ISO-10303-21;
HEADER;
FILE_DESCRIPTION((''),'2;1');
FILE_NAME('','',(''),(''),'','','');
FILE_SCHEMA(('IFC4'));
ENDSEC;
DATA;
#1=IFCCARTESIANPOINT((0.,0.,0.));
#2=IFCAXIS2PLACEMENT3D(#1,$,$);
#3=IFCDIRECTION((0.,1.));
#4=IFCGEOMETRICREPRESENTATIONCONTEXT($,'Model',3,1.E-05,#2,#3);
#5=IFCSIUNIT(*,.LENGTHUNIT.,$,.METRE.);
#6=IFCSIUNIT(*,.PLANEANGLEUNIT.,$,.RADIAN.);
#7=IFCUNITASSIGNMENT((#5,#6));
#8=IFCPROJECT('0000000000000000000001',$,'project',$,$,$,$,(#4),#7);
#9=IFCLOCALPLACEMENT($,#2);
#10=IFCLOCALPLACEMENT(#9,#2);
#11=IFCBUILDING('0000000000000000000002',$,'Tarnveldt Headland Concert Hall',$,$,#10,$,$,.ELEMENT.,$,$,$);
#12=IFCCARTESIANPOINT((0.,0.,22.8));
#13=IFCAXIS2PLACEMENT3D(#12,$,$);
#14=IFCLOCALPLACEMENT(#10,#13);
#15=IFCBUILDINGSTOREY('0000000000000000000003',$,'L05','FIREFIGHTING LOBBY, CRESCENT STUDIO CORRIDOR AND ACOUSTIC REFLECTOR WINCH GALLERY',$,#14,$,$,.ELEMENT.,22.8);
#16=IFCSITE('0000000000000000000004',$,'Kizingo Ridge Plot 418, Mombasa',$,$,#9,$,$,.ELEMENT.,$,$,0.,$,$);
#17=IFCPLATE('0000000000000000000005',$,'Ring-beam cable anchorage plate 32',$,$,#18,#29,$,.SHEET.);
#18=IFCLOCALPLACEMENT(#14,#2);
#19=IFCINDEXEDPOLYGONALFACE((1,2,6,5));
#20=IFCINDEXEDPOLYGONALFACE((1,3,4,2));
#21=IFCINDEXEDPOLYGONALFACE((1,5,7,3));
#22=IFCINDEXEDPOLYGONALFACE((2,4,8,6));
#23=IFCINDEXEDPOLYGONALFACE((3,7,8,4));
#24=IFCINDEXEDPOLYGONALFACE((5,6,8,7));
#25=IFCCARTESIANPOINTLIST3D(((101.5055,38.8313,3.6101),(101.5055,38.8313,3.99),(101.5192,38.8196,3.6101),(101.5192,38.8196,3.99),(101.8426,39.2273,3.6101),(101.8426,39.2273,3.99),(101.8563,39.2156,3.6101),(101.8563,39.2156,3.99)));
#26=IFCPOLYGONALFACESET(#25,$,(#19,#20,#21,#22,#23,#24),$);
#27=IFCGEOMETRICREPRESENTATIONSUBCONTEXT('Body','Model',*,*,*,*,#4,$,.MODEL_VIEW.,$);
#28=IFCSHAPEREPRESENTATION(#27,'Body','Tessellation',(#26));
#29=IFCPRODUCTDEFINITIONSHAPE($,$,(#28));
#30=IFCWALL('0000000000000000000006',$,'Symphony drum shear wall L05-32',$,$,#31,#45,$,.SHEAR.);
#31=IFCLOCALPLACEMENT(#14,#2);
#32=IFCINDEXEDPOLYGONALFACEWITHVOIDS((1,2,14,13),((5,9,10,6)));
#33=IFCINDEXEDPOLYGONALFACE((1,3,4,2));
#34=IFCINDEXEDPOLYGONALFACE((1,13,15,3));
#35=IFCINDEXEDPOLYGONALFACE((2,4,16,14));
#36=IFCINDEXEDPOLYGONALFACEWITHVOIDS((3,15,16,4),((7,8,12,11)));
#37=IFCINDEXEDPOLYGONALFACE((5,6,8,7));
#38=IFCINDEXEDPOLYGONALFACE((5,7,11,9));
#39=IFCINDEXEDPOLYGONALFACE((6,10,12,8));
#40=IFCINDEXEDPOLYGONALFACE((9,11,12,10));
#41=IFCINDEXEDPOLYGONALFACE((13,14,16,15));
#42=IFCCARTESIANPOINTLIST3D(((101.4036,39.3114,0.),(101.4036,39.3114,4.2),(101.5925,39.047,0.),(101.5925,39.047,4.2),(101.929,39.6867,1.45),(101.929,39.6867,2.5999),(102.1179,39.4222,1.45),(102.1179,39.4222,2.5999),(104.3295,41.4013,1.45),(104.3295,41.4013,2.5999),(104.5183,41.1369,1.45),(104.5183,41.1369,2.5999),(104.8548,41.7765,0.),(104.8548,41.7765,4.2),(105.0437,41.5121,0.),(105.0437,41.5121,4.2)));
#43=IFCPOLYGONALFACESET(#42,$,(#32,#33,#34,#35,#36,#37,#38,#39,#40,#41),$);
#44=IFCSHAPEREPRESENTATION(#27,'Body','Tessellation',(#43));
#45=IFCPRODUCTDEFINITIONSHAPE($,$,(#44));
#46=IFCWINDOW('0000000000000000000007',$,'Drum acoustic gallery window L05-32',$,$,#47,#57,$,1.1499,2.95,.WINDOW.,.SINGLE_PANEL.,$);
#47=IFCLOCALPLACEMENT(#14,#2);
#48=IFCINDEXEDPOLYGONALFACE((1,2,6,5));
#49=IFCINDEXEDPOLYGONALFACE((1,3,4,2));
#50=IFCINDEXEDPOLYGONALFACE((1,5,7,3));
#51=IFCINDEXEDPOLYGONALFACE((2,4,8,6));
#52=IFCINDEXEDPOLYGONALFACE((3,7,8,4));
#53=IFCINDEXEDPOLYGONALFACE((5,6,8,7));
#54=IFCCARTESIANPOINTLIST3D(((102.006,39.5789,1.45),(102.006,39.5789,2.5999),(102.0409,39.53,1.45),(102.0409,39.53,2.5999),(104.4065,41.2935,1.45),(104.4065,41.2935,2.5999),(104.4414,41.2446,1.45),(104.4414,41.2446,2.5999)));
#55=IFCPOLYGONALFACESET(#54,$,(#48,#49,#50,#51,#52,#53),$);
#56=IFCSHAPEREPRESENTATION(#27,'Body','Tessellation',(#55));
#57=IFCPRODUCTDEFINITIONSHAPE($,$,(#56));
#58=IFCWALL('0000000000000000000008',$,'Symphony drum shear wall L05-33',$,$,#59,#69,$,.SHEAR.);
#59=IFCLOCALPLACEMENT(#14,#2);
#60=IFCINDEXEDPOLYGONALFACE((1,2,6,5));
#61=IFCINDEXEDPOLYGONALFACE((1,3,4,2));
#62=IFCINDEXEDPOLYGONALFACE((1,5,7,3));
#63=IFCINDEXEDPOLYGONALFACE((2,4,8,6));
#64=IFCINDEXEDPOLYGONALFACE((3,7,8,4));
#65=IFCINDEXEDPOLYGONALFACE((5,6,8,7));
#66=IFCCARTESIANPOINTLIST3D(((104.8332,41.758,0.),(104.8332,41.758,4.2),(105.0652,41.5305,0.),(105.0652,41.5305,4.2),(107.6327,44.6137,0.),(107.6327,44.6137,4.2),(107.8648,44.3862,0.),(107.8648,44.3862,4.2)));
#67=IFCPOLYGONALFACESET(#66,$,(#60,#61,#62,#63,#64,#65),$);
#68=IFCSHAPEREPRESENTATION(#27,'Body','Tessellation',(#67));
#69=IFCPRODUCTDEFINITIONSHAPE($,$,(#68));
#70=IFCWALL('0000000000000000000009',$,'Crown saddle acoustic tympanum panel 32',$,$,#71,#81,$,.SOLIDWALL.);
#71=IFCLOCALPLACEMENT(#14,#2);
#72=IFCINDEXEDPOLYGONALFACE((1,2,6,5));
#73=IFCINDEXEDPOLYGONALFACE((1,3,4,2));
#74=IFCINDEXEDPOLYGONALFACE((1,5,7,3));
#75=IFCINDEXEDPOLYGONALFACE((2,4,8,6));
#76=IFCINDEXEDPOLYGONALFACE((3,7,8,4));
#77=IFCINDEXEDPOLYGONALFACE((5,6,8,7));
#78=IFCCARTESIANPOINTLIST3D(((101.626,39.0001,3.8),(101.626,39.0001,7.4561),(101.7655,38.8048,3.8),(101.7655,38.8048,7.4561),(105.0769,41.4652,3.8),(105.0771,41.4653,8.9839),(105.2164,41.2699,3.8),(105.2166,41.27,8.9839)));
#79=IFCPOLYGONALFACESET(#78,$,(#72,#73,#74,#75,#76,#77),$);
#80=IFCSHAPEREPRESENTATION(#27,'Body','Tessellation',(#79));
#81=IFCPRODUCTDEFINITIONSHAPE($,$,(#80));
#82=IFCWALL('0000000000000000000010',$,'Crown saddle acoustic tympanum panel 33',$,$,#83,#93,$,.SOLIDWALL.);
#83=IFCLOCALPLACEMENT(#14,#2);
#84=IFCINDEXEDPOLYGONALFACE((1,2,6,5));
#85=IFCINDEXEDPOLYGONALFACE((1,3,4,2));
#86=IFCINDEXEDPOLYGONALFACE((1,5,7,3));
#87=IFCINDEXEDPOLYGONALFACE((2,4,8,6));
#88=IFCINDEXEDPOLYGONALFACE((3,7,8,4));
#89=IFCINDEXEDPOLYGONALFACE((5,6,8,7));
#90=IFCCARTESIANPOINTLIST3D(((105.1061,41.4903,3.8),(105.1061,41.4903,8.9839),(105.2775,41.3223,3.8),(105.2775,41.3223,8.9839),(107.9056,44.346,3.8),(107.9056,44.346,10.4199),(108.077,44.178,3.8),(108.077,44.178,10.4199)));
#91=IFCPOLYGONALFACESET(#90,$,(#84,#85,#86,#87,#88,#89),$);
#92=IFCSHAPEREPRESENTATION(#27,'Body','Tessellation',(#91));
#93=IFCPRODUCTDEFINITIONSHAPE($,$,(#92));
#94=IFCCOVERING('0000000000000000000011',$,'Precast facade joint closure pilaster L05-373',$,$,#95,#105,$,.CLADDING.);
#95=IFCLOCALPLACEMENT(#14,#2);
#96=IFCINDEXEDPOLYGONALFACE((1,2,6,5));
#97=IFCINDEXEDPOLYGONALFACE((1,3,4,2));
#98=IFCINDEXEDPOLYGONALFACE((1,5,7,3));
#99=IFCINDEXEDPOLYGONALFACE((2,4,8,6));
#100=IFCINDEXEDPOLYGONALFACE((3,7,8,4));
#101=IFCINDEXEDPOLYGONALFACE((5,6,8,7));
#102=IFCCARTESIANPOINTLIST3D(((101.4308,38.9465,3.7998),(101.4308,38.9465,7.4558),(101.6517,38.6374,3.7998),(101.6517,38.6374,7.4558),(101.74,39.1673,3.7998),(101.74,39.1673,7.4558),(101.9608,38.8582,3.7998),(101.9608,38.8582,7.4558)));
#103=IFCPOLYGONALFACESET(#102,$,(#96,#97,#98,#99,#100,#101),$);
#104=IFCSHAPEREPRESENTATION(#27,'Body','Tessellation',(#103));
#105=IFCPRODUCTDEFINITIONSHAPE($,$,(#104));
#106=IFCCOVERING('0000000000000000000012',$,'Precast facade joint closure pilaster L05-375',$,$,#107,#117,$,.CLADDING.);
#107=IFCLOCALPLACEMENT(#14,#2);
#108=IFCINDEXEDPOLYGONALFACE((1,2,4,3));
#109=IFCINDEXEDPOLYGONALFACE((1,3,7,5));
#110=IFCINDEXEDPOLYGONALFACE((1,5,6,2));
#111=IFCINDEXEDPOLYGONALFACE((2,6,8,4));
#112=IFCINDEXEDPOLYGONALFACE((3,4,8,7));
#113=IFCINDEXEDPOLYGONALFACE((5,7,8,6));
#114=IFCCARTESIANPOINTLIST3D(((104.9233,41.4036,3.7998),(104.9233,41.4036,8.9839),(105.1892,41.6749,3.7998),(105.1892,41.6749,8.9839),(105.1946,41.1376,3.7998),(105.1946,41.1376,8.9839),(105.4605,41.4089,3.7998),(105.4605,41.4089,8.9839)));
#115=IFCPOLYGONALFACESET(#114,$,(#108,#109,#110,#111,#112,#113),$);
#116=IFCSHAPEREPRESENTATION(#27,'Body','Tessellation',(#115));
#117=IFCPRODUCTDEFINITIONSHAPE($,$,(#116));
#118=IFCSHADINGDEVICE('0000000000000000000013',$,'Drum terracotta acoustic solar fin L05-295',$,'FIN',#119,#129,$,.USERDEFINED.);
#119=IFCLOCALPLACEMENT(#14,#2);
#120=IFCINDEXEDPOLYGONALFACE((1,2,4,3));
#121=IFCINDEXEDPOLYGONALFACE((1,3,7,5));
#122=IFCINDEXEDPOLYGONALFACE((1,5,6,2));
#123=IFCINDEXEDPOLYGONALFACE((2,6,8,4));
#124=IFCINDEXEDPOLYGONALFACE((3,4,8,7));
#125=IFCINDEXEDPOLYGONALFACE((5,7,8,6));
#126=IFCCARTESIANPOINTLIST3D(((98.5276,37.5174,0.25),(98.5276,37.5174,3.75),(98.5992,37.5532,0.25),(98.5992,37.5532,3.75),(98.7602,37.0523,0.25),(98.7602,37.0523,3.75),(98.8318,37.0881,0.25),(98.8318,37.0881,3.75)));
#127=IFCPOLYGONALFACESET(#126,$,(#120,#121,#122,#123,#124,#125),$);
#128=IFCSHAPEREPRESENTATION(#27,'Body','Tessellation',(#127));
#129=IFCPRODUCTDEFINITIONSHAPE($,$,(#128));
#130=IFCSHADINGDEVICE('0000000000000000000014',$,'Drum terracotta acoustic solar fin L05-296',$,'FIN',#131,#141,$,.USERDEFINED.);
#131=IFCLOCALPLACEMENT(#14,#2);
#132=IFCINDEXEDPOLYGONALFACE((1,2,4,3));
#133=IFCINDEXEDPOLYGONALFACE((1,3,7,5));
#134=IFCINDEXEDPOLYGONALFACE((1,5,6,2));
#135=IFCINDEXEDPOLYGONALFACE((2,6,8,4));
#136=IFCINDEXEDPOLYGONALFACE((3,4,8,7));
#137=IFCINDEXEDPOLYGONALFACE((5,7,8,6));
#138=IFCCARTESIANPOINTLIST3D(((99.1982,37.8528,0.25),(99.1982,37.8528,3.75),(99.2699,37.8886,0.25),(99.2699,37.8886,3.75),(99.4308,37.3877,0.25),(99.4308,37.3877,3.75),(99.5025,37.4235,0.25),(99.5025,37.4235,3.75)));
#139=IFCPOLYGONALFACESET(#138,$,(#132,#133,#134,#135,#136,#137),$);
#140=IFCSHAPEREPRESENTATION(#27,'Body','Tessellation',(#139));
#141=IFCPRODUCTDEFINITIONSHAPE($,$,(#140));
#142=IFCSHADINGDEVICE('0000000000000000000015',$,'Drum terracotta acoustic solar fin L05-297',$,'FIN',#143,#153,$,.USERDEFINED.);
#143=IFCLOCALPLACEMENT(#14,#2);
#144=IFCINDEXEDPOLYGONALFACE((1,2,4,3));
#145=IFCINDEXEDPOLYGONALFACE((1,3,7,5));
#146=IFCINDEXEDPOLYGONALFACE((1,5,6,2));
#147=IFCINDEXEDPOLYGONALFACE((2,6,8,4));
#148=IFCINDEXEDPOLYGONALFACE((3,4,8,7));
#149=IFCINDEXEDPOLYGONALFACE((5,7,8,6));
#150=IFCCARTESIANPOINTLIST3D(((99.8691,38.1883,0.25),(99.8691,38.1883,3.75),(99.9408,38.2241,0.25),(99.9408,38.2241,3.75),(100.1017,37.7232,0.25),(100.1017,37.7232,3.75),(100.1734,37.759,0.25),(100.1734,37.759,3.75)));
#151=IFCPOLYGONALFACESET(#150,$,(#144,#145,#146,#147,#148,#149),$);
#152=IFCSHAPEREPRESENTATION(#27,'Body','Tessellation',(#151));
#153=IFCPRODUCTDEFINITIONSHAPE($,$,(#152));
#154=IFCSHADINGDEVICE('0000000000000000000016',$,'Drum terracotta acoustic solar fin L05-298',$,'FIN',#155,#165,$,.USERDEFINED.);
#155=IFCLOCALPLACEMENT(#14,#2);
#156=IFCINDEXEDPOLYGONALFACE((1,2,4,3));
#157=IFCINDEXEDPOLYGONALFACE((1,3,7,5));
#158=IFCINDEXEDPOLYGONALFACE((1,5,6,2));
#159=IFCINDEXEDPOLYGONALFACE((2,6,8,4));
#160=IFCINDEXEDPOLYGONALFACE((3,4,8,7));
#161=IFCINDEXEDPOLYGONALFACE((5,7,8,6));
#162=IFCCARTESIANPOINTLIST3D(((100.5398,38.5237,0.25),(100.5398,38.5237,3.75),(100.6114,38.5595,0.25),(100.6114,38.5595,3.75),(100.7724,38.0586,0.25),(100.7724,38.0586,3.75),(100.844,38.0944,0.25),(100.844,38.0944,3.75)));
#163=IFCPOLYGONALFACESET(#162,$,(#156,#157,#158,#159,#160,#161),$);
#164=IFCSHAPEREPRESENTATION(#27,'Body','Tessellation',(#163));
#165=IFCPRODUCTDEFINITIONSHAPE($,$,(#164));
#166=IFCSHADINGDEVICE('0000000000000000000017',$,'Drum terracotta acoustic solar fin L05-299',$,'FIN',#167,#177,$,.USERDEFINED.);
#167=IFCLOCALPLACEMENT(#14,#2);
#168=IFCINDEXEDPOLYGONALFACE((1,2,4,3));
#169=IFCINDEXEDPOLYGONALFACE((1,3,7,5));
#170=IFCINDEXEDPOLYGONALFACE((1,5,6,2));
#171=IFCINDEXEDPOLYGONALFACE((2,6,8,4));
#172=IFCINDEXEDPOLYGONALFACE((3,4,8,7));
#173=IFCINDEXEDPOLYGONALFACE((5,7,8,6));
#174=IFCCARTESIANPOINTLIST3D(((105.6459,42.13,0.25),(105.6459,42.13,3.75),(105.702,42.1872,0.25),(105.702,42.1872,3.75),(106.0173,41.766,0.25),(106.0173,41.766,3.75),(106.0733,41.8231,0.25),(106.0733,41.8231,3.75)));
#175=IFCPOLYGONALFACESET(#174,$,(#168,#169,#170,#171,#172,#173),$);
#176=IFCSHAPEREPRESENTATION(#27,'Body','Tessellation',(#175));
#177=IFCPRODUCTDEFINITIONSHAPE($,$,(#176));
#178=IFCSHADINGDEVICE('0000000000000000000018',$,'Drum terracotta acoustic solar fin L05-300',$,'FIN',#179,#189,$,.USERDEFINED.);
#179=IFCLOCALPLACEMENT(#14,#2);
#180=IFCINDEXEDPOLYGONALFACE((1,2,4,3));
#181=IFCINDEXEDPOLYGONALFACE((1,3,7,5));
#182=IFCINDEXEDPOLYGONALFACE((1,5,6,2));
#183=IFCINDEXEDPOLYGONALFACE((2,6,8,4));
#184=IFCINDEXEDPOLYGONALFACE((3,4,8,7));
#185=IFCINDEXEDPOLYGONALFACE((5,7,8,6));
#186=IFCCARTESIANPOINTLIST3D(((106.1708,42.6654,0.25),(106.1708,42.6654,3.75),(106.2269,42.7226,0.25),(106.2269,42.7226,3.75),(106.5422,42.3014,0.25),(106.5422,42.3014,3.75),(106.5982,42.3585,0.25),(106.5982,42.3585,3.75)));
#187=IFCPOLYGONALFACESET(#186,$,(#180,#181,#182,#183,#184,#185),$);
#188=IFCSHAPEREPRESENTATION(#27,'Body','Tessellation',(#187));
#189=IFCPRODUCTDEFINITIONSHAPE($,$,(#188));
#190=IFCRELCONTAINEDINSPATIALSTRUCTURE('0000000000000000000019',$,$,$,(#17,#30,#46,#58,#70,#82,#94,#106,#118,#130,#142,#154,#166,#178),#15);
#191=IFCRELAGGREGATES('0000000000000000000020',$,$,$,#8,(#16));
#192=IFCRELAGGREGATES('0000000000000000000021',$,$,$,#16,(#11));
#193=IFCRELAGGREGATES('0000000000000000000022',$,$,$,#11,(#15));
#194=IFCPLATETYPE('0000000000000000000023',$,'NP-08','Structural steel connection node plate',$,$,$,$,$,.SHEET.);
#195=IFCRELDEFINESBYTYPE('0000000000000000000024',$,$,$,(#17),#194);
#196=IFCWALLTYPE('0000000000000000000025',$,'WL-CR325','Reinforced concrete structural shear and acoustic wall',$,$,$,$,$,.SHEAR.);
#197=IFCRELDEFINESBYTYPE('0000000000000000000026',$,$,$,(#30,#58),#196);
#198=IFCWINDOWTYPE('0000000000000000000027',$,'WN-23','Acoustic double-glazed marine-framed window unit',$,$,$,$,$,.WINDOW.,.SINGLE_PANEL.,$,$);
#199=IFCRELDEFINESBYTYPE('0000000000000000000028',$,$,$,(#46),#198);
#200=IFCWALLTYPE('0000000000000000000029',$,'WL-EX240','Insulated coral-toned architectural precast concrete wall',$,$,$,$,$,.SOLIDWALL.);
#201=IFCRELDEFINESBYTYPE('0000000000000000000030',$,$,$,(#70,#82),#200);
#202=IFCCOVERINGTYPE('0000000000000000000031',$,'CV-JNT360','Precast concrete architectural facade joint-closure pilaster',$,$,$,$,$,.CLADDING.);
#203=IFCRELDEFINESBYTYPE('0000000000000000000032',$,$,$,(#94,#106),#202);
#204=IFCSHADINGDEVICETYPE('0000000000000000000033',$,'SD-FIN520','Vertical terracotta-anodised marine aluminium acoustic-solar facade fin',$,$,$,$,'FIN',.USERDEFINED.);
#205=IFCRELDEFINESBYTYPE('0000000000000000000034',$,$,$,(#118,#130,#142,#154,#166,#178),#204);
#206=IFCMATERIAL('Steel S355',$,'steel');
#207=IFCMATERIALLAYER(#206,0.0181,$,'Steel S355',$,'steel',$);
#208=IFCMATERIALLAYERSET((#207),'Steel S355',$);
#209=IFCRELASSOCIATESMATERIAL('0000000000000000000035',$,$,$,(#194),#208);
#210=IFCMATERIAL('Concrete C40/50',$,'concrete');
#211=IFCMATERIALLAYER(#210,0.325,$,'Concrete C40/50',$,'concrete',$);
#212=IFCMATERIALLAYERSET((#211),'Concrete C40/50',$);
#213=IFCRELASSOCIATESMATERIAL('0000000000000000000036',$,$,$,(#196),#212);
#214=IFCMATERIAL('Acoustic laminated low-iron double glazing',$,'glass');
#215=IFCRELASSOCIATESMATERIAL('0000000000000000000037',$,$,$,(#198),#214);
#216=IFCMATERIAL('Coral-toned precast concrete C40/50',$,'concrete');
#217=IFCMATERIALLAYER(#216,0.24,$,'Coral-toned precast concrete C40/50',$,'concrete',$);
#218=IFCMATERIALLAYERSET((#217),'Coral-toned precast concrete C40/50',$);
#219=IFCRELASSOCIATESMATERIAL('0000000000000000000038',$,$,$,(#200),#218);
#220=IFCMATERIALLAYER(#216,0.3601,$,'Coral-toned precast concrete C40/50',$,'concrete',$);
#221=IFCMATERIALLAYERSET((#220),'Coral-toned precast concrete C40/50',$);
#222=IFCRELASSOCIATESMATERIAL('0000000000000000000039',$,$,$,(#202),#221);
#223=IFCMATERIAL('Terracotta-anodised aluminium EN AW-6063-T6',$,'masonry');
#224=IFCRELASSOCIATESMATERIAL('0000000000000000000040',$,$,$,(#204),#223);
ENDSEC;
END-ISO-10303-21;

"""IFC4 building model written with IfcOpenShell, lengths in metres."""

from ifc_helpers import new_model, si_unit, direction, frame, frame_2d, origin, origin_2d, place, context, subcontext, project, spatial, polyline, rectangle, outline, extrude, material, layer, layer_set, type_object, element, fill, save


model = new_model("IFC4")

# Units and contexts
model_context = context("Model", 3, precision=1e-05, world=origin(), true_north=direction((0.0, 1.0)))
body_context = subcontext(model_context, "Body", "Model", "MODEL_VIEW")
ifc_project = project(units=[si_unit("LENGTHUNIT", "METRE"), si_unit("PLANEANGLEUNIT", "RADIAN")], contexts=[model_context])

# Site, building, storey
site_placement = place(None, origin())
site = spatial("IfcSite", under=ifc_project, at=site_placement, Name="Kizingo Ridge Plot 418, Mombasa", CompositionType="ELEMENT", RefElevation=0.0)
building_placement = place(site_placement, origin())
building = spatial("IfcBuilding", under=site, at=building_placement, Name="Tarnveldt Headland Concert Hall", CompositionType="ELEMENT")
storey_placement = place(building_placement, frame((0.0, 0.0, 22.8)))
storey = spatial("IfcBuildingStorey", under=building, at=storey_placement, Name="L05", Description="FIREFIGHTING LOBBY, CRESCENT STUDIO CORRIDOR AND ACOUSTIC REFLECTOR WINCH GALLERY", CompositionType="ELEMENT", Elevation=22.8)

# Shared definitions
ifc_material_1 = material(Name="Concrete C40/50", Category="concrete")

# Shared definitions
ifc_material_2 = material(Name="Steel S355", Category="steel")

# Plate
ifc_layer_1 = layer(ifc_material_2, 0.0181, Name="Steel S355", Category="steel")
ifc_layer_set_1 = layer_set([ifc_layer_1], Name="Steel S355")
plate_type_1 = type_object("IfcPlateType", Name="NP-08", Description="Structural steel connection node plate", PredefinedType="SHEET", material=ifc_layer_set_1)
plate_1_placement = place(storey_placement, frame((101.6809, 39.0234, 3.6101), z_axis=(0.0, 0.0, 1.0), x_axis=(0.648253, 0.761425, 0.0)))
element("IfcPlate", 1, at=plate_1_placement, inside=storey, type_object=plate_type_1, Name="Ring-beam cable anchorage plate 32", PredefinedType="SHEET", context=body_context, shape_type="SweptSolid", body=[
    extrude(rectangle(XDim=0.52, YDim=0.0181, at=origin_2d()), origin(), (0.0, 0.0, 1.0), 0.3799),
])

# Wall, opening, window
ifc_layer_2 = layer(ifc_material_1, 0.325, Name="Concrete C40/50", Category="concrete")
ifc_layer_set_2 = layer_set([ifc_layer_2], Name="Concrete C40/50")
wall_type_1 = type_object("IfcWallType", Name="WL-CR325", Description="Reinforced concrete structural shear and acoustic wall", PredefinedType="SHEAR", material=ifc_layer_set_2)
wall_1_placement = place(storey_placement, frame((101.498, 39.1792, 0.0), z_axis=(0.0, 0.0, 1.0), x_axis=(0.813737, 0.581233, 0.0)))
wall_1 = element("IfcWall", 2, at=wall_1_placement, inside=storey, type_object=wall_type_1, Name="Symphony drum shear wall L05-32", PredefinedType="SHEAR", context=body_context, shape_type="SweptSolid", body=[
    extrude(rectangle(XDim=4.2412, YDim=0.325, at=frame_2d((2.1206, 0.0))), origin(), (0.0, 0.0, 1.0), 4.2),
])
opening_placement = place(wall_1_placement, frame((0.6455, 0.0, 1.45)))
opening = element("IfcOpeningElement", 3, at=opening_placement, cuts=wall_1, PredefinedType="OPENING", context=body_context, shape_type="SweptSolid", body=[
    extrude(rectangle(XDim=2.95, YDim=1.1499, at=frame_2d((1.4751, 0.575))), frame((0.0, 0.1724, 0.0), z_axis=(0.0, -1.0, 0.0), x_axis=(1.0, 0.0, 0.0)), (0.0, 0.0, 1.0), 0.345),
])
ifc_material_3 = material(Name="Acoustic laminated low-iron double glazing", Category="glass")
window_type = type_object("IfcWindowType", Name="WN-23", Description="Acoustic double-glazed marine-framed window unit", PartitioningType="SINGLE_PANEL", PredefinedType="WINDOW", material=ifc_material_3)
window_placement = place(opening_placement, origin())
window = element("IfcWindow", 4, at=window_placement, inside=storey, type_object=window_type, Name="Drum acoustic gallery window L05-32", OverallHeight=1.1499, OverallWidth=2.95, PartitioningType="SINGLE_PANEL", PredefinedType="WINDOW", context=body_context, shape_type="SweptSolid", body=[
    extrude(rectangle(XDim=2.95, YDim=1.1499, at=frame_2d((1.4751, 0.575))), frame((0.0, 0.03, 0.0), z_axis=(0.0, -1.0, 0.0), x_axis=(1.0, 0.0, 0.0)), (0.0, 0.0, 1.0), 0.0601),
])
fill(opening, window)

# Walls
wall_2_placement = place(storey_placement, frame((104.9492, 41.6443, 0.0), z_axis=(0.0, 0.0, 1.0), x_axis=(0.700051, 0.714093, 0.0)))
element("IfcWall", 5, at=wall_2_placement, inside=storey, type_object=wall_type_1, Name="Symphony drum shear wall L05-33", PredefinedType="SHEAR", context=body_context, shape_type="SweptSolid", body=[
    extrude(rectangle(XDim=3.999, YDim=0.325, at=frame_2d((1.9995, 0.0))), origin(), (0.0, 0.0, 1.0), 4.2),
])
ifc_material_4 = material(Name="Coral-toned precast concrete C40/50", Category="concrete")
ifc_layer_3 = layer(ifc_material_4, 0.24, Name="Coral-toned precast concrete C40/50", Category="concrete")
ifc_layer_set_3 = layer_set([ifc_layer_3], Name="Coral-toned precast concrete C40/50")
wall_type_2 = type_object("IfcWallType", Name="WL-EX240", Description="Insulated coral-toned architectural precast concrete wall", PredefinedType="SOLIDWALL", material=ifc_layer_set_3)
wall_3_placement = place(storey_placement, frame((101.6958, 38.9023, 3.8), z_axis=(0.0, 0.0, 1.0), x_axis=(0.813718, 0.58126, 0.0)))
element("IfcWall", 6, at=wall_3_placement, inside=storey, type_object=wall_type_2, Name="Crown saddle acoustic tympanum panel 32", PredefinedType="SOLIDWALL", context=body_context, shape_type="SweptSolid", body=[
    extrude(outline(polyline([(0.0, 0.0), (4.241, 0.0), (4.2412, 5.1838), (0.0, 3.656), (0.0, 0.0)])), frame((0.0, 0.1201, 0.0), z_axis=(0.0, -1.0, 0.0), x_axis=(1.0, 0.0, 0.0)), (0.0, 0.0, 1.0), 0.24),
])
wall_4_placement = place(storey_placement, frame((105.1919, 41.4062, 3.8), z_axis=(0.0, 0.0, 1.0), x_axis=(0.700051, 0.714093, 0.0)))
element("IfcWall", 7, at=wall_4_placement, inside=storey, type_object=wall_type_2, Name="Crown saddle acoustic tympanum panel 33", PredefinedType="SOLIDWALL", context=body_context, shape_type="SweptSolid", body=[
    extrude(outline(polyline([(0.0, 0.0), (3.999, 0.0), (3.999, 6.6199), (0.0, 5.1838), (0.0, 0.0)])), frame((0.0, 0.1201, 0.0), z_axis=(0.0, -1.0, 0.0), x_axis=(1.0, 0.0, 0.0)), (0.0, 0.0, 1.0), 0.24),
])

# Coverings
ifc_layer_4 = layer(ifc_material_4, 0.3601, Name="Coral-toned precast concrete C40/50", Category="concrete")
ifc_layer_set_4 = layer_set([ifc_layer_4], Name="Coral-toned precast concrete C40/50")
covering_type = type_object("IfcCoveringType", Name="CV-JNT360", Description="Precast concrete architectural facade joint-closure pilaster", PredefinedType="CLADDING", material=ifc_layer_set_4)
covering_1_placement = place(storey_placement, frame((101.6958, 38.9023, 3.7998), z_axis=(0.0, 0.0, 1.0), x_axis=(0.581271, -0.81371, 0.0)))
element("IfcCovering", 8, at=covering_1_placement, inside=storey, type_object=covering_type, Name="Precast facade joint closure pilaster L05-373", PredefinedType="CLADDING", context=body_context, shape_type="SweptSolid", body=[
    extrude(rectangle(XDim=0.3799, YDim=0.3799, at=origin_2d()), origin(), (0.0, 0.0, 1.0), 3.656),
])
covering_2_placement = place(storey_placement, frame((105.1919, 41.4062, 3.7998), z_axis=(0.0, 0.0, 1.0), x_axis=(0.714106, -0.700037, 0.0)))
element("IfcCovering", 9, at=covering_2_placement, inside=storey, type_object=covering_type, Name="Precast facade joint closure pilaster L05-375", PredefinedType="CLADDING", context=body_context, shape_type="SweptSolid", body=[
    extrude(rectangle(XDim=0.3799, YDim=0.3799, at=origin_2d()), origin(), (0.0, 0.0, 1.0), 5.1841),
])

# Shading devices
ifc_material_5 = material(Name="Terracotta-anodised aluminium EN AW-6063-T6", Category="masonry")
shading_device_type = type_object("IfcShadingDeviceType", Name="SD-FIN520", Description="Vertical terracotta-anodised marine aluminium acoustic-solar facade fin", ElementType="FIN", PredefinedType="USERDEFINED", material=ifc_material_5)
for number, where, z_axis, x_axis, name in (
    (10, (98.6797, 37.3027, 0.25), (0.0, 0.0, 1.0), (0.447291, -0.894389, 0.0), "Drum terracotta acoustic solar fin L05-295"),
    (11, (99.3503, 37.6382, 0.25), (0.0, 0.0, 1.0), (0.447291, -0.894389, 0.0), "Drum terracotta acoustic solar fin L05-296"),
    (12, (100.0212, 37.9736, 0.25), (0.0, 0.0, 1.0), (0.447291, -0.894389, 0.0), "Drum terracotta acoustic solar fin L05-297"),
    (13, (100.6919, 38.3091, 0.25), (0.0, 0.0, 1.0), (0.447291, -0.894389, 0.0), "Drum terracotta acoustic solar fin L05-298"),
    (14, (105.8596, 41.9766, 0.25), (0.0, 0.0, 1.0), (0.714106, -0.700037, 0.0), "Drum terracotta acoustic solar fin L05-299"),
    (15, (106.3845, 42.512, 0.25), (0.0, 0.0, 1.0), (0.714106, -0.700037, 0.0), "Drum terracotta acoustic solar fin L05-300"),
):
    element("IfcShadingDevice", number, at=place(storey_placement, frame(where, z_axis=z_axis, x_axis=x_axis)), inside=storey, type_object=shading_device_type, Name=name, ObjectType="FIN", PredefinedType="USERDEFINED", context=body_context, shape_type="SweptSolid", body=[
        extrude(rectangle(XDim=0.52, YDim=0.0801, at=origin_2d()), origin(), (0.0, 0.0, 1.0), 3.5),
    ])

save(model, "model.ifc")
